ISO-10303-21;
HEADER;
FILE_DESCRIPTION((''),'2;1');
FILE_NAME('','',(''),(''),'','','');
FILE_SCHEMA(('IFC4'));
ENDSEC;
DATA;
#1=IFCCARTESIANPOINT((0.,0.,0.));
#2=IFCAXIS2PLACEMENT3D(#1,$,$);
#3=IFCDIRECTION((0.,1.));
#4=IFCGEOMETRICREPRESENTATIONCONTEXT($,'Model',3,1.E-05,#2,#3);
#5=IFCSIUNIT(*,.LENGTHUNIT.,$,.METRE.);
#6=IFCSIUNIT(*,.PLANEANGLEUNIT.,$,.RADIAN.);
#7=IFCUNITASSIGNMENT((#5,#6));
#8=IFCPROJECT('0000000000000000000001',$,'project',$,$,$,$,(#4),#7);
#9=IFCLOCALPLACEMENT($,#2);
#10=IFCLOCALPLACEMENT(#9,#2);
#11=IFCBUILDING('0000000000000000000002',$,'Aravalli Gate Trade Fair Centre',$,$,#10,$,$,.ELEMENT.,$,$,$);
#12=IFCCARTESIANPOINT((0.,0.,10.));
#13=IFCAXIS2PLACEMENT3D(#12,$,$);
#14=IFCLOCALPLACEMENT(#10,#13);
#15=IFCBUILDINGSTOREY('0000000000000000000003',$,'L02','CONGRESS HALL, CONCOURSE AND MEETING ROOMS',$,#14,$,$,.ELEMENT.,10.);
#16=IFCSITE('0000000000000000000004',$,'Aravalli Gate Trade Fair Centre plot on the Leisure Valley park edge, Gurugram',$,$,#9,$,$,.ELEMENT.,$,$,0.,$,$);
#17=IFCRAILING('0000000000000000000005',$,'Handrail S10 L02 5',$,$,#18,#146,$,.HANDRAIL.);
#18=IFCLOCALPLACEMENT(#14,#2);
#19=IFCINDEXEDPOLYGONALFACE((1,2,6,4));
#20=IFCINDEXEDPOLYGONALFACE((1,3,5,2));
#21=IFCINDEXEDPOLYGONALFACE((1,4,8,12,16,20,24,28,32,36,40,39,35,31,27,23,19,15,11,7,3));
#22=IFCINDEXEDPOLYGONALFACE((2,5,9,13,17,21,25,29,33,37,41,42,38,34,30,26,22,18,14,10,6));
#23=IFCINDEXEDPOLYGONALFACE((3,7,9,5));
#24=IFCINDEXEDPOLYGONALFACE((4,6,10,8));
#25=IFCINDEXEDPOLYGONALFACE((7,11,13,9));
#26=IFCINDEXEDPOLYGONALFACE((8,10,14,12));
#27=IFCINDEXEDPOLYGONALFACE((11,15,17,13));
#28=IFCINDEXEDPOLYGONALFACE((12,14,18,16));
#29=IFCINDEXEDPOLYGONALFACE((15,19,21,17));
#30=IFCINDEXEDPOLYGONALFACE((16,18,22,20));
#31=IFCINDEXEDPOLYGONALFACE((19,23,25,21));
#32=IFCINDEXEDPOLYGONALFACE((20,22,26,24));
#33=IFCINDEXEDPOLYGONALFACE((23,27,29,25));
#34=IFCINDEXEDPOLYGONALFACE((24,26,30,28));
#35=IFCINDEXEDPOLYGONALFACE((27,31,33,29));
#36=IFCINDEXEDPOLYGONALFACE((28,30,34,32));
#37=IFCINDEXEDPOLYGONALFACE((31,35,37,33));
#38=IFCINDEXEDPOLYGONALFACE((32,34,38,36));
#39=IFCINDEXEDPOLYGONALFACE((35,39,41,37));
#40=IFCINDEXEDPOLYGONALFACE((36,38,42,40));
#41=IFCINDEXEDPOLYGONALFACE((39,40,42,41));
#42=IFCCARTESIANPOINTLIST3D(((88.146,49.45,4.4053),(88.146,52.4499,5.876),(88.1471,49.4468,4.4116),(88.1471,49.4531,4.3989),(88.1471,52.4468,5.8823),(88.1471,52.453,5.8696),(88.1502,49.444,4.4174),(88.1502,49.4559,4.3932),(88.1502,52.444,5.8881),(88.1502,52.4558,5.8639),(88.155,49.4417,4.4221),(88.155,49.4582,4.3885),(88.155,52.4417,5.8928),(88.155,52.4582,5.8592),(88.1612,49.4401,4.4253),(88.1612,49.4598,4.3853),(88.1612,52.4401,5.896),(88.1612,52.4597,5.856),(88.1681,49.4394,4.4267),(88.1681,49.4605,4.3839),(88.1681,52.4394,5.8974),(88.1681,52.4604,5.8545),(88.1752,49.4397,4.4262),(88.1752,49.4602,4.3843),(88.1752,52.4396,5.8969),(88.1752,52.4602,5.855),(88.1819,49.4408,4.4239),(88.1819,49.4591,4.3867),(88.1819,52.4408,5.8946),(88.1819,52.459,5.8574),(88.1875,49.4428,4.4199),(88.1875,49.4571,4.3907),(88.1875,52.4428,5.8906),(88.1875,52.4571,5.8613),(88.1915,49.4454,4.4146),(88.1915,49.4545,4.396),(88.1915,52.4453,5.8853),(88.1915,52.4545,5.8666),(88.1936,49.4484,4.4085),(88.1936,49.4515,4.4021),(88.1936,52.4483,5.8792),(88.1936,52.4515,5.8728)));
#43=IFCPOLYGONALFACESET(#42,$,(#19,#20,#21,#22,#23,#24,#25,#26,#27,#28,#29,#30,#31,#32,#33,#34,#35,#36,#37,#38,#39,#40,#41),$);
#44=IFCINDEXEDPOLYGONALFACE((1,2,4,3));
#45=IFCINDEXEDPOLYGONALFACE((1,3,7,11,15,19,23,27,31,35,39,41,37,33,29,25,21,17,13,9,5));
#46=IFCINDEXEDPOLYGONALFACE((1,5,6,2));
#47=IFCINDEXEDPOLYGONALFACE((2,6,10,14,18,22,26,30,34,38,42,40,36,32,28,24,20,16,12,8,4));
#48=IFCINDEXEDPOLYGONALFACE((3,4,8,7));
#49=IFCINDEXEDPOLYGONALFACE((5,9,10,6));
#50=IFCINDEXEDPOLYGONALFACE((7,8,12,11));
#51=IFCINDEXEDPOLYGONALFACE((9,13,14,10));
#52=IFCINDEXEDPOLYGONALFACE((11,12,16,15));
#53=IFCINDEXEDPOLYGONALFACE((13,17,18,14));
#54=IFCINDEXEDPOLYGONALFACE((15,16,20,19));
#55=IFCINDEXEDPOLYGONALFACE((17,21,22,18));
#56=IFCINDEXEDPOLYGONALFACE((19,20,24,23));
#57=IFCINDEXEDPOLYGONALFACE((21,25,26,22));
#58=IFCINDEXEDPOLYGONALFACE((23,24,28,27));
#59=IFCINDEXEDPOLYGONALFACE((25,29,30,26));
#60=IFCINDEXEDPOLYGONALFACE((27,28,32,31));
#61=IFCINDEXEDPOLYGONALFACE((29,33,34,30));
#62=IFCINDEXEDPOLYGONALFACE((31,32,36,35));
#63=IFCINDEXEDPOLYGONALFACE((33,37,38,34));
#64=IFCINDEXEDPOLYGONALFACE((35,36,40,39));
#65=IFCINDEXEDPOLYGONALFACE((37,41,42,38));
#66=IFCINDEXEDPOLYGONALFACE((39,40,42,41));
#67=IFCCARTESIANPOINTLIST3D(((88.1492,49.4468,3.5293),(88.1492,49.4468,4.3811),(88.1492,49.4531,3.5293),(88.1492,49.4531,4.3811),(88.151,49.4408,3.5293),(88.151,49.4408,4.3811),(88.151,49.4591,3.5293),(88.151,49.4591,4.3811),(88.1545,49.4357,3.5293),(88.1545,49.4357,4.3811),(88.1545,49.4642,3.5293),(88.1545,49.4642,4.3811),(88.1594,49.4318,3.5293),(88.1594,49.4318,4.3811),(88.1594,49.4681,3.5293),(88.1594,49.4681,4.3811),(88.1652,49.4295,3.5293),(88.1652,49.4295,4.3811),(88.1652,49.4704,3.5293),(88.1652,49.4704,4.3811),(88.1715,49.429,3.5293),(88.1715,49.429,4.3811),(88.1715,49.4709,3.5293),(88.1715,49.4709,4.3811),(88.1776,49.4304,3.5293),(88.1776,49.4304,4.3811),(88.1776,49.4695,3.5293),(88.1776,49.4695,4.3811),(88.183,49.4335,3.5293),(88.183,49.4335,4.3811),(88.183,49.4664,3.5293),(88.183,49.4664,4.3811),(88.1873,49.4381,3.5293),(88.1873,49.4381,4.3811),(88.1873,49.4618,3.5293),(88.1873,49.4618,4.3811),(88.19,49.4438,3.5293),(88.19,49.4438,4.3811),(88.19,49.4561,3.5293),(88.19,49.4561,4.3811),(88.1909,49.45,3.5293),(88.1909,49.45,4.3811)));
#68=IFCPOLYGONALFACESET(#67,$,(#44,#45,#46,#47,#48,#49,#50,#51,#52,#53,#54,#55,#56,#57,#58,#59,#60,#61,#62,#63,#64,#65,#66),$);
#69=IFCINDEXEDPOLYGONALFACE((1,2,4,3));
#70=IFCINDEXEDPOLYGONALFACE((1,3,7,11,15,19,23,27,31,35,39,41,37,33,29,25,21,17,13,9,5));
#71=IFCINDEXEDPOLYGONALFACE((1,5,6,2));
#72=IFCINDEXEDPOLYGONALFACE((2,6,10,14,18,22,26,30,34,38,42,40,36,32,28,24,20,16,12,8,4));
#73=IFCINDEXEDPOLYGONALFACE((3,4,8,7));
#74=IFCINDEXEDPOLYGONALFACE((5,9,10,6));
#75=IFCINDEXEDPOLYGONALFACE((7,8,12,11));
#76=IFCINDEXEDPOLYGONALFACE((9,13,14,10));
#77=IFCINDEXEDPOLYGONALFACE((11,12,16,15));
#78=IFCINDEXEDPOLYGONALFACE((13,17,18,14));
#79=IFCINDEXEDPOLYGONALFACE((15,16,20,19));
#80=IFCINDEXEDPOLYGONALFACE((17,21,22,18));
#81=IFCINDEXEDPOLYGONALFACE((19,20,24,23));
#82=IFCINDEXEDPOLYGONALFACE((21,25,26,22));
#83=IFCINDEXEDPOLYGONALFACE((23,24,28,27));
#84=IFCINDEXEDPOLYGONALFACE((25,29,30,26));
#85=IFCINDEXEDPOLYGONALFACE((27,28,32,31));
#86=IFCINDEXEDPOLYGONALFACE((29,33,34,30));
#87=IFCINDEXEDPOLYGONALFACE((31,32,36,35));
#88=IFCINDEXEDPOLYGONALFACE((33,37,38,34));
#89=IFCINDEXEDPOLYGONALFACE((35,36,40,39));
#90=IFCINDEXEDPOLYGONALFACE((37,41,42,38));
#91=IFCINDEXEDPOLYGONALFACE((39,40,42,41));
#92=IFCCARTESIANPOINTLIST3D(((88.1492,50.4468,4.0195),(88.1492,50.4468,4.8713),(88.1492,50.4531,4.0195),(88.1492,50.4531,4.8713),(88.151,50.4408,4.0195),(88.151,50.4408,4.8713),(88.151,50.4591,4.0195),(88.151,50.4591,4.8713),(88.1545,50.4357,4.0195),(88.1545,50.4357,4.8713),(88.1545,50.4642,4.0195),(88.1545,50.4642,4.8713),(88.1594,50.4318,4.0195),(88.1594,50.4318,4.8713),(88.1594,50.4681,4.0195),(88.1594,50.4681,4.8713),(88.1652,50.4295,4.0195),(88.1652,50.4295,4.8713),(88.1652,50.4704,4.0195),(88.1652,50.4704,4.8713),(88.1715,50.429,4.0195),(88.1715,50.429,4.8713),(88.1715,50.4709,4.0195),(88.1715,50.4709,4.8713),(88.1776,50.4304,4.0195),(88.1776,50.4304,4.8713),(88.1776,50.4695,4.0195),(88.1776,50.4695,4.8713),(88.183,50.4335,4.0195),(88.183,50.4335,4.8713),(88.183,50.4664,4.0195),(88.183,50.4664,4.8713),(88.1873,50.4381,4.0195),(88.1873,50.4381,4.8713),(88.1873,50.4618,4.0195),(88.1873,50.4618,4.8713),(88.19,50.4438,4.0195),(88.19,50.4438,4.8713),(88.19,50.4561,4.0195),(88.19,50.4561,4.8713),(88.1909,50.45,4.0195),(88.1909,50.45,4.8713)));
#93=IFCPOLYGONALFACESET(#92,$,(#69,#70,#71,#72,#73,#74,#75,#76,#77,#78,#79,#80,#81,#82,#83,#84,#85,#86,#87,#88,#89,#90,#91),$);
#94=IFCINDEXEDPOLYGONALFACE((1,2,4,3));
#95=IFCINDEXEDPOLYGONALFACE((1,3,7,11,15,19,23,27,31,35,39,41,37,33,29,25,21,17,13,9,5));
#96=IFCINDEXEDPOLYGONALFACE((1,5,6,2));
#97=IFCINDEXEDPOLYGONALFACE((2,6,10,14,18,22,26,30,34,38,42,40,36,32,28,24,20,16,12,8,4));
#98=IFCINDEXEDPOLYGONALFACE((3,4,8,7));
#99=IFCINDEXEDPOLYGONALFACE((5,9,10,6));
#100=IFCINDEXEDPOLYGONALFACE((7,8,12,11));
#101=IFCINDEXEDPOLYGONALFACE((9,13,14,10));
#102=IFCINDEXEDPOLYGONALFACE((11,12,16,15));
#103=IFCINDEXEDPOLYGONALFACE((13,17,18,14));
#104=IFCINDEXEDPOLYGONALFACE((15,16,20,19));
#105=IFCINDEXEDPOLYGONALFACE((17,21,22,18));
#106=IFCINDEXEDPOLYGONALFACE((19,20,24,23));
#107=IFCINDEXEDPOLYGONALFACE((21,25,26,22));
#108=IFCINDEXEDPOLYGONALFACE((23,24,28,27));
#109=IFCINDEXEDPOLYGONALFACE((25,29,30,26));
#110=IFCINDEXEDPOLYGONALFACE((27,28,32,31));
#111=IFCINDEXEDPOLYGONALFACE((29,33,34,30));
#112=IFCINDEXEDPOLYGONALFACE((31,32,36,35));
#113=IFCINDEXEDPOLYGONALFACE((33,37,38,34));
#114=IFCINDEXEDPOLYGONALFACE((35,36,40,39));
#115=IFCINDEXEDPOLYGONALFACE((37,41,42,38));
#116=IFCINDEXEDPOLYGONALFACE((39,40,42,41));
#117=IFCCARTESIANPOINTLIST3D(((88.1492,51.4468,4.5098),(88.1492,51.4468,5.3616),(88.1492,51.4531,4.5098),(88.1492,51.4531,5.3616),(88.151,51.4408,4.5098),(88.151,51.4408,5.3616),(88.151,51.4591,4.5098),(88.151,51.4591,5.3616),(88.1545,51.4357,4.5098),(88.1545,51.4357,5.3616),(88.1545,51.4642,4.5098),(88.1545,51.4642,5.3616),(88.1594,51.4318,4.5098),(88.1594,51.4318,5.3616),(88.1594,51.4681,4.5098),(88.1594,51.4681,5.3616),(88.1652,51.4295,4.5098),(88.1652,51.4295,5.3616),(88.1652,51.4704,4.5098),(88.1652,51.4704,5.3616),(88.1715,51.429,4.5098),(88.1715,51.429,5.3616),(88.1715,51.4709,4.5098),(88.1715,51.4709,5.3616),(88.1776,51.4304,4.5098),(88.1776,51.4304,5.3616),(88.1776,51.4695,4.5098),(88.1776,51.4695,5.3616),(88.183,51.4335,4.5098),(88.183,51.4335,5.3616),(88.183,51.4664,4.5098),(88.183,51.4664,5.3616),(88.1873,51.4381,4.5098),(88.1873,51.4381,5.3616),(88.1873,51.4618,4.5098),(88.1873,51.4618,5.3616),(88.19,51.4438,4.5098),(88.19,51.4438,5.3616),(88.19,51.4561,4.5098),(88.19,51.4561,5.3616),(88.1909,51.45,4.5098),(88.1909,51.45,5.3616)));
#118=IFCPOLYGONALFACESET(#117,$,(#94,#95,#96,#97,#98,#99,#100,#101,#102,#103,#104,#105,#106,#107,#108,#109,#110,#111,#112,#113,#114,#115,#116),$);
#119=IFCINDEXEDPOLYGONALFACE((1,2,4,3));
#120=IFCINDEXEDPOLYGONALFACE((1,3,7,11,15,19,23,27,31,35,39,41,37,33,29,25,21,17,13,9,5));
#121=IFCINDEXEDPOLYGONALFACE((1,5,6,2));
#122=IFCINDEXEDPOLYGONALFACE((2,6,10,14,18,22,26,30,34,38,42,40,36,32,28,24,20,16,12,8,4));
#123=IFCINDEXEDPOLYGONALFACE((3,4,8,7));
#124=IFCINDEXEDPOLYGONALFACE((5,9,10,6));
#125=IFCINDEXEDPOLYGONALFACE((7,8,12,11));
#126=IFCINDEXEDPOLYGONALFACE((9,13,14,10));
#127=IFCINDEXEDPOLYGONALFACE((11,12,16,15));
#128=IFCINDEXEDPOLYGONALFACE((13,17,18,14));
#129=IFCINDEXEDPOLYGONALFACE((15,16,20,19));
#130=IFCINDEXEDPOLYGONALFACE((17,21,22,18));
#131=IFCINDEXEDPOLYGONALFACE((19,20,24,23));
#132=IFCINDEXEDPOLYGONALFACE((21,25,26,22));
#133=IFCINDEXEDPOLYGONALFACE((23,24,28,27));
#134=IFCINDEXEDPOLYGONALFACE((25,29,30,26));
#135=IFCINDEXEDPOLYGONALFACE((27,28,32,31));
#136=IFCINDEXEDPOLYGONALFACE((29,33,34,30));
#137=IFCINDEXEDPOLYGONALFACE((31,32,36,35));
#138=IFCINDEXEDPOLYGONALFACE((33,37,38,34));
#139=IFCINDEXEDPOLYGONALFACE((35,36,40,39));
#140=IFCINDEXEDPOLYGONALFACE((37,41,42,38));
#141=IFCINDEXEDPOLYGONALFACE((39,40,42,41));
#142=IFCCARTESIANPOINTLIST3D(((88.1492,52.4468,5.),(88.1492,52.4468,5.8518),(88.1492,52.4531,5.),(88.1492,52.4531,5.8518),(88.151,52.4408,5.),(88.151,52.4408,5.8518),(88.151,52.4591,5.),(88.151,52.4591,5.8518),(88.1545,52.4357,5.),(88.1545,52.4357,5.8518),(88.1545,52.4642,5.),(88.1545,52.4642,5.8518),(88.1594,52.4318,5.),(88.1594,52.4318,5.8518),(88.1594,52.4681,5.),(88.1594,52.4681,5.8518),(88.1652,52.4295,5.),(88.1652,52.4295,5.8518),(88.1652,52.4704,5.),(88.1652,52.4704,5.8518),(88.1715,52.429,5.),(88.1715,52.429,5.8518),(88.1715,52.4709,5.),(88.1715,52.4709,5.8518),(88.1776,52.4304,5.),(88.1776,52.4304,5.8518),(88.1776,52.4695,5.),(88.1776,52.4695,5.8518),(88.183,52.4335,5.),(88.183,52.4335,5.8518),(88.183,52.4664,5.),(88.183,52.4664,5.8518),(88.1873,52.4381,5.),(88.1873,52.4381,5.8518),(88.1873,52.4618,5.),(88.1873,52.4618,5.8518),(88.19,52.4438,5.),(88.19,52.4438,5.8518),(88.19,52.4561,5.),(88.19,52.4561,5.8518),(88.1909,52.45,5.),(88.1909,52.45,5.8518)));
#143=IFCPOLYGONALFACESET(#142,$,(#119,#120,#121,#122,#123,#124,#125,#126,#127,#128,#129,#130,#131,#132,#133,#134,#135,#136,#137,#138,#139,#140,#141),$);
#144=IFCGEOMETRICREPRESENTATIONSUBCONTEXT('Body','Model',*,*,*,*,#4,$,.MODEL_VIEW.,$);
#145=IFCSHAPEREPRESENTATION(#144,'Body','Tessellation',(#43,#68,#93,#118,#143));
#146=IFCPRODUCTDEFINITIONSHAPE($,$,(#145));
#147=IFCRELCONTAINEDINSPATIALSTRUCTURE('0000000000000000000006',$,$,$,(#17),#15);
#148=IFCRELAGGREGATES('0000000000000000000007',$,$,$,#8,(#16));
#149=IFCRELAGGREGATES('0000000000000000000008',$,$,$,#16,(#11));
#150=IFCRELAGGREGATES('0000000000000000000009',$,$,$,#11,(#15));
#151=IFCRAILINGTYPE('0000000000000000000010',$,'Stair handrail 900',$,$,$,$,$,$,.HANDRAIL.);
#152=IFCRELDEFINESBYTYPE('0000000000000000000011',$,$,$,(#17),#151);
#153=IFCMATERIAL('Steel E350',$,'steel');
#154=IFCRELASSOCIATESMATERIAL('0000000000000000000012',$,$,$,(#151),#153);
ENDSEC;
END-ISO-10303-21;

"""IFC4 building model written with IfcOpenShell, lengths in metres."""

from ifc_helpers import new_model, si_unit, direction, frame, origin, origin_2d, place, context, subcontext, project, spatial, circle, extrude, material, type_object, element, save


model = new_model("IFC4")

# Units and contexts
model_context = context("Model", 3, precision=1e-05, world=origin(), true_north=direction((0.0, 1.0)))
body_context = subcontext(model_context, "Body", "Model", "MODEL_VIEW")
ifc_project = project(units=[si_unit("LENGTHUNIT", "METRE"), si_unit("PLANEANGLEUNIT", "RADIAN")], contexts=[model_context])

# Site, building, storey
site_placement = place(None, origin())
site = spatial("IfcSite", under=ifc_project, at=site_placement, Name="Aravalli Gate Trade Fair Centre plot on the Leisure Valley park edge, Gurugram", CompositionType="ELEMENT", RefElevation=0.0)
building_placement = place(site_placement, origin())
building = spatial("IfcBuilding", under=site, at=building_placement, Name="Aravalli Gate Trade Fair Centre", CompositionType="ELEMENT")
storey_placement = place(building_placement, frame((0.0, 0.0, 10.0)))
storey = spatial("IfcBuildingStorey", under=building, at=storey_placement, Name="L02", Description="CONGRESS HALL, CONCOURSE AND MEETING ROOMS", CompositionType="ELEMENT", Elevation=10.0)

# Shared definitions
ifc_material_1 = material(Name="Steel E350", Category="steel")

# Railing
railing_type = type_object("IfcRailingType", Name="Stair handrail 900", PredefinedType="HANDRAIL", material=ifc_material_1)
for number, where, name in (
    (1, (88.1699, 49.45, 3.5293), "Handrail S10 L02 5"),
):
    element("IfcRailing", number, at=place(storey_placement, frame(where)), inside=storey, type_object=railing_type, Name=name, PredefinedType="HANDRAIL", context=body_context, shape_type="SweptSolid", body=[
        extrude(circle(Radius=0.0239, at=origin_2d()), frame((0.0, 0.0, 0.876), z_axis=(0.0, 0.897907, 0.440185), x_axis=(-1.0, 0.0, 0.0)), (0.0, 0.0, 1.0), 3.3411),
        extrude(circle(Radius=0.021, at=origin_2d()), origin(), (0.0, 0.0, 1.0), 0.8518),
        extrude(circle(Radius=0.021, at=origin_2d()), frame((0.0, 1.0, 0.4902)), (0.0, 0.0, 1.0), 0.8518),
        extrude(circle(Radius=0.021, at=origin_2d()), frame((0.0, 2.0, 0.9805)), (0.0, 0.0, 1.0), 0.8518),
        extrude(circle(Radius=0.021, at=origin_2d()), frame((0.0, 3.0, 1.4707)), (0.0, 0.0, 1.0), 0.8518),
    ])

save(model, "model.ifc")
